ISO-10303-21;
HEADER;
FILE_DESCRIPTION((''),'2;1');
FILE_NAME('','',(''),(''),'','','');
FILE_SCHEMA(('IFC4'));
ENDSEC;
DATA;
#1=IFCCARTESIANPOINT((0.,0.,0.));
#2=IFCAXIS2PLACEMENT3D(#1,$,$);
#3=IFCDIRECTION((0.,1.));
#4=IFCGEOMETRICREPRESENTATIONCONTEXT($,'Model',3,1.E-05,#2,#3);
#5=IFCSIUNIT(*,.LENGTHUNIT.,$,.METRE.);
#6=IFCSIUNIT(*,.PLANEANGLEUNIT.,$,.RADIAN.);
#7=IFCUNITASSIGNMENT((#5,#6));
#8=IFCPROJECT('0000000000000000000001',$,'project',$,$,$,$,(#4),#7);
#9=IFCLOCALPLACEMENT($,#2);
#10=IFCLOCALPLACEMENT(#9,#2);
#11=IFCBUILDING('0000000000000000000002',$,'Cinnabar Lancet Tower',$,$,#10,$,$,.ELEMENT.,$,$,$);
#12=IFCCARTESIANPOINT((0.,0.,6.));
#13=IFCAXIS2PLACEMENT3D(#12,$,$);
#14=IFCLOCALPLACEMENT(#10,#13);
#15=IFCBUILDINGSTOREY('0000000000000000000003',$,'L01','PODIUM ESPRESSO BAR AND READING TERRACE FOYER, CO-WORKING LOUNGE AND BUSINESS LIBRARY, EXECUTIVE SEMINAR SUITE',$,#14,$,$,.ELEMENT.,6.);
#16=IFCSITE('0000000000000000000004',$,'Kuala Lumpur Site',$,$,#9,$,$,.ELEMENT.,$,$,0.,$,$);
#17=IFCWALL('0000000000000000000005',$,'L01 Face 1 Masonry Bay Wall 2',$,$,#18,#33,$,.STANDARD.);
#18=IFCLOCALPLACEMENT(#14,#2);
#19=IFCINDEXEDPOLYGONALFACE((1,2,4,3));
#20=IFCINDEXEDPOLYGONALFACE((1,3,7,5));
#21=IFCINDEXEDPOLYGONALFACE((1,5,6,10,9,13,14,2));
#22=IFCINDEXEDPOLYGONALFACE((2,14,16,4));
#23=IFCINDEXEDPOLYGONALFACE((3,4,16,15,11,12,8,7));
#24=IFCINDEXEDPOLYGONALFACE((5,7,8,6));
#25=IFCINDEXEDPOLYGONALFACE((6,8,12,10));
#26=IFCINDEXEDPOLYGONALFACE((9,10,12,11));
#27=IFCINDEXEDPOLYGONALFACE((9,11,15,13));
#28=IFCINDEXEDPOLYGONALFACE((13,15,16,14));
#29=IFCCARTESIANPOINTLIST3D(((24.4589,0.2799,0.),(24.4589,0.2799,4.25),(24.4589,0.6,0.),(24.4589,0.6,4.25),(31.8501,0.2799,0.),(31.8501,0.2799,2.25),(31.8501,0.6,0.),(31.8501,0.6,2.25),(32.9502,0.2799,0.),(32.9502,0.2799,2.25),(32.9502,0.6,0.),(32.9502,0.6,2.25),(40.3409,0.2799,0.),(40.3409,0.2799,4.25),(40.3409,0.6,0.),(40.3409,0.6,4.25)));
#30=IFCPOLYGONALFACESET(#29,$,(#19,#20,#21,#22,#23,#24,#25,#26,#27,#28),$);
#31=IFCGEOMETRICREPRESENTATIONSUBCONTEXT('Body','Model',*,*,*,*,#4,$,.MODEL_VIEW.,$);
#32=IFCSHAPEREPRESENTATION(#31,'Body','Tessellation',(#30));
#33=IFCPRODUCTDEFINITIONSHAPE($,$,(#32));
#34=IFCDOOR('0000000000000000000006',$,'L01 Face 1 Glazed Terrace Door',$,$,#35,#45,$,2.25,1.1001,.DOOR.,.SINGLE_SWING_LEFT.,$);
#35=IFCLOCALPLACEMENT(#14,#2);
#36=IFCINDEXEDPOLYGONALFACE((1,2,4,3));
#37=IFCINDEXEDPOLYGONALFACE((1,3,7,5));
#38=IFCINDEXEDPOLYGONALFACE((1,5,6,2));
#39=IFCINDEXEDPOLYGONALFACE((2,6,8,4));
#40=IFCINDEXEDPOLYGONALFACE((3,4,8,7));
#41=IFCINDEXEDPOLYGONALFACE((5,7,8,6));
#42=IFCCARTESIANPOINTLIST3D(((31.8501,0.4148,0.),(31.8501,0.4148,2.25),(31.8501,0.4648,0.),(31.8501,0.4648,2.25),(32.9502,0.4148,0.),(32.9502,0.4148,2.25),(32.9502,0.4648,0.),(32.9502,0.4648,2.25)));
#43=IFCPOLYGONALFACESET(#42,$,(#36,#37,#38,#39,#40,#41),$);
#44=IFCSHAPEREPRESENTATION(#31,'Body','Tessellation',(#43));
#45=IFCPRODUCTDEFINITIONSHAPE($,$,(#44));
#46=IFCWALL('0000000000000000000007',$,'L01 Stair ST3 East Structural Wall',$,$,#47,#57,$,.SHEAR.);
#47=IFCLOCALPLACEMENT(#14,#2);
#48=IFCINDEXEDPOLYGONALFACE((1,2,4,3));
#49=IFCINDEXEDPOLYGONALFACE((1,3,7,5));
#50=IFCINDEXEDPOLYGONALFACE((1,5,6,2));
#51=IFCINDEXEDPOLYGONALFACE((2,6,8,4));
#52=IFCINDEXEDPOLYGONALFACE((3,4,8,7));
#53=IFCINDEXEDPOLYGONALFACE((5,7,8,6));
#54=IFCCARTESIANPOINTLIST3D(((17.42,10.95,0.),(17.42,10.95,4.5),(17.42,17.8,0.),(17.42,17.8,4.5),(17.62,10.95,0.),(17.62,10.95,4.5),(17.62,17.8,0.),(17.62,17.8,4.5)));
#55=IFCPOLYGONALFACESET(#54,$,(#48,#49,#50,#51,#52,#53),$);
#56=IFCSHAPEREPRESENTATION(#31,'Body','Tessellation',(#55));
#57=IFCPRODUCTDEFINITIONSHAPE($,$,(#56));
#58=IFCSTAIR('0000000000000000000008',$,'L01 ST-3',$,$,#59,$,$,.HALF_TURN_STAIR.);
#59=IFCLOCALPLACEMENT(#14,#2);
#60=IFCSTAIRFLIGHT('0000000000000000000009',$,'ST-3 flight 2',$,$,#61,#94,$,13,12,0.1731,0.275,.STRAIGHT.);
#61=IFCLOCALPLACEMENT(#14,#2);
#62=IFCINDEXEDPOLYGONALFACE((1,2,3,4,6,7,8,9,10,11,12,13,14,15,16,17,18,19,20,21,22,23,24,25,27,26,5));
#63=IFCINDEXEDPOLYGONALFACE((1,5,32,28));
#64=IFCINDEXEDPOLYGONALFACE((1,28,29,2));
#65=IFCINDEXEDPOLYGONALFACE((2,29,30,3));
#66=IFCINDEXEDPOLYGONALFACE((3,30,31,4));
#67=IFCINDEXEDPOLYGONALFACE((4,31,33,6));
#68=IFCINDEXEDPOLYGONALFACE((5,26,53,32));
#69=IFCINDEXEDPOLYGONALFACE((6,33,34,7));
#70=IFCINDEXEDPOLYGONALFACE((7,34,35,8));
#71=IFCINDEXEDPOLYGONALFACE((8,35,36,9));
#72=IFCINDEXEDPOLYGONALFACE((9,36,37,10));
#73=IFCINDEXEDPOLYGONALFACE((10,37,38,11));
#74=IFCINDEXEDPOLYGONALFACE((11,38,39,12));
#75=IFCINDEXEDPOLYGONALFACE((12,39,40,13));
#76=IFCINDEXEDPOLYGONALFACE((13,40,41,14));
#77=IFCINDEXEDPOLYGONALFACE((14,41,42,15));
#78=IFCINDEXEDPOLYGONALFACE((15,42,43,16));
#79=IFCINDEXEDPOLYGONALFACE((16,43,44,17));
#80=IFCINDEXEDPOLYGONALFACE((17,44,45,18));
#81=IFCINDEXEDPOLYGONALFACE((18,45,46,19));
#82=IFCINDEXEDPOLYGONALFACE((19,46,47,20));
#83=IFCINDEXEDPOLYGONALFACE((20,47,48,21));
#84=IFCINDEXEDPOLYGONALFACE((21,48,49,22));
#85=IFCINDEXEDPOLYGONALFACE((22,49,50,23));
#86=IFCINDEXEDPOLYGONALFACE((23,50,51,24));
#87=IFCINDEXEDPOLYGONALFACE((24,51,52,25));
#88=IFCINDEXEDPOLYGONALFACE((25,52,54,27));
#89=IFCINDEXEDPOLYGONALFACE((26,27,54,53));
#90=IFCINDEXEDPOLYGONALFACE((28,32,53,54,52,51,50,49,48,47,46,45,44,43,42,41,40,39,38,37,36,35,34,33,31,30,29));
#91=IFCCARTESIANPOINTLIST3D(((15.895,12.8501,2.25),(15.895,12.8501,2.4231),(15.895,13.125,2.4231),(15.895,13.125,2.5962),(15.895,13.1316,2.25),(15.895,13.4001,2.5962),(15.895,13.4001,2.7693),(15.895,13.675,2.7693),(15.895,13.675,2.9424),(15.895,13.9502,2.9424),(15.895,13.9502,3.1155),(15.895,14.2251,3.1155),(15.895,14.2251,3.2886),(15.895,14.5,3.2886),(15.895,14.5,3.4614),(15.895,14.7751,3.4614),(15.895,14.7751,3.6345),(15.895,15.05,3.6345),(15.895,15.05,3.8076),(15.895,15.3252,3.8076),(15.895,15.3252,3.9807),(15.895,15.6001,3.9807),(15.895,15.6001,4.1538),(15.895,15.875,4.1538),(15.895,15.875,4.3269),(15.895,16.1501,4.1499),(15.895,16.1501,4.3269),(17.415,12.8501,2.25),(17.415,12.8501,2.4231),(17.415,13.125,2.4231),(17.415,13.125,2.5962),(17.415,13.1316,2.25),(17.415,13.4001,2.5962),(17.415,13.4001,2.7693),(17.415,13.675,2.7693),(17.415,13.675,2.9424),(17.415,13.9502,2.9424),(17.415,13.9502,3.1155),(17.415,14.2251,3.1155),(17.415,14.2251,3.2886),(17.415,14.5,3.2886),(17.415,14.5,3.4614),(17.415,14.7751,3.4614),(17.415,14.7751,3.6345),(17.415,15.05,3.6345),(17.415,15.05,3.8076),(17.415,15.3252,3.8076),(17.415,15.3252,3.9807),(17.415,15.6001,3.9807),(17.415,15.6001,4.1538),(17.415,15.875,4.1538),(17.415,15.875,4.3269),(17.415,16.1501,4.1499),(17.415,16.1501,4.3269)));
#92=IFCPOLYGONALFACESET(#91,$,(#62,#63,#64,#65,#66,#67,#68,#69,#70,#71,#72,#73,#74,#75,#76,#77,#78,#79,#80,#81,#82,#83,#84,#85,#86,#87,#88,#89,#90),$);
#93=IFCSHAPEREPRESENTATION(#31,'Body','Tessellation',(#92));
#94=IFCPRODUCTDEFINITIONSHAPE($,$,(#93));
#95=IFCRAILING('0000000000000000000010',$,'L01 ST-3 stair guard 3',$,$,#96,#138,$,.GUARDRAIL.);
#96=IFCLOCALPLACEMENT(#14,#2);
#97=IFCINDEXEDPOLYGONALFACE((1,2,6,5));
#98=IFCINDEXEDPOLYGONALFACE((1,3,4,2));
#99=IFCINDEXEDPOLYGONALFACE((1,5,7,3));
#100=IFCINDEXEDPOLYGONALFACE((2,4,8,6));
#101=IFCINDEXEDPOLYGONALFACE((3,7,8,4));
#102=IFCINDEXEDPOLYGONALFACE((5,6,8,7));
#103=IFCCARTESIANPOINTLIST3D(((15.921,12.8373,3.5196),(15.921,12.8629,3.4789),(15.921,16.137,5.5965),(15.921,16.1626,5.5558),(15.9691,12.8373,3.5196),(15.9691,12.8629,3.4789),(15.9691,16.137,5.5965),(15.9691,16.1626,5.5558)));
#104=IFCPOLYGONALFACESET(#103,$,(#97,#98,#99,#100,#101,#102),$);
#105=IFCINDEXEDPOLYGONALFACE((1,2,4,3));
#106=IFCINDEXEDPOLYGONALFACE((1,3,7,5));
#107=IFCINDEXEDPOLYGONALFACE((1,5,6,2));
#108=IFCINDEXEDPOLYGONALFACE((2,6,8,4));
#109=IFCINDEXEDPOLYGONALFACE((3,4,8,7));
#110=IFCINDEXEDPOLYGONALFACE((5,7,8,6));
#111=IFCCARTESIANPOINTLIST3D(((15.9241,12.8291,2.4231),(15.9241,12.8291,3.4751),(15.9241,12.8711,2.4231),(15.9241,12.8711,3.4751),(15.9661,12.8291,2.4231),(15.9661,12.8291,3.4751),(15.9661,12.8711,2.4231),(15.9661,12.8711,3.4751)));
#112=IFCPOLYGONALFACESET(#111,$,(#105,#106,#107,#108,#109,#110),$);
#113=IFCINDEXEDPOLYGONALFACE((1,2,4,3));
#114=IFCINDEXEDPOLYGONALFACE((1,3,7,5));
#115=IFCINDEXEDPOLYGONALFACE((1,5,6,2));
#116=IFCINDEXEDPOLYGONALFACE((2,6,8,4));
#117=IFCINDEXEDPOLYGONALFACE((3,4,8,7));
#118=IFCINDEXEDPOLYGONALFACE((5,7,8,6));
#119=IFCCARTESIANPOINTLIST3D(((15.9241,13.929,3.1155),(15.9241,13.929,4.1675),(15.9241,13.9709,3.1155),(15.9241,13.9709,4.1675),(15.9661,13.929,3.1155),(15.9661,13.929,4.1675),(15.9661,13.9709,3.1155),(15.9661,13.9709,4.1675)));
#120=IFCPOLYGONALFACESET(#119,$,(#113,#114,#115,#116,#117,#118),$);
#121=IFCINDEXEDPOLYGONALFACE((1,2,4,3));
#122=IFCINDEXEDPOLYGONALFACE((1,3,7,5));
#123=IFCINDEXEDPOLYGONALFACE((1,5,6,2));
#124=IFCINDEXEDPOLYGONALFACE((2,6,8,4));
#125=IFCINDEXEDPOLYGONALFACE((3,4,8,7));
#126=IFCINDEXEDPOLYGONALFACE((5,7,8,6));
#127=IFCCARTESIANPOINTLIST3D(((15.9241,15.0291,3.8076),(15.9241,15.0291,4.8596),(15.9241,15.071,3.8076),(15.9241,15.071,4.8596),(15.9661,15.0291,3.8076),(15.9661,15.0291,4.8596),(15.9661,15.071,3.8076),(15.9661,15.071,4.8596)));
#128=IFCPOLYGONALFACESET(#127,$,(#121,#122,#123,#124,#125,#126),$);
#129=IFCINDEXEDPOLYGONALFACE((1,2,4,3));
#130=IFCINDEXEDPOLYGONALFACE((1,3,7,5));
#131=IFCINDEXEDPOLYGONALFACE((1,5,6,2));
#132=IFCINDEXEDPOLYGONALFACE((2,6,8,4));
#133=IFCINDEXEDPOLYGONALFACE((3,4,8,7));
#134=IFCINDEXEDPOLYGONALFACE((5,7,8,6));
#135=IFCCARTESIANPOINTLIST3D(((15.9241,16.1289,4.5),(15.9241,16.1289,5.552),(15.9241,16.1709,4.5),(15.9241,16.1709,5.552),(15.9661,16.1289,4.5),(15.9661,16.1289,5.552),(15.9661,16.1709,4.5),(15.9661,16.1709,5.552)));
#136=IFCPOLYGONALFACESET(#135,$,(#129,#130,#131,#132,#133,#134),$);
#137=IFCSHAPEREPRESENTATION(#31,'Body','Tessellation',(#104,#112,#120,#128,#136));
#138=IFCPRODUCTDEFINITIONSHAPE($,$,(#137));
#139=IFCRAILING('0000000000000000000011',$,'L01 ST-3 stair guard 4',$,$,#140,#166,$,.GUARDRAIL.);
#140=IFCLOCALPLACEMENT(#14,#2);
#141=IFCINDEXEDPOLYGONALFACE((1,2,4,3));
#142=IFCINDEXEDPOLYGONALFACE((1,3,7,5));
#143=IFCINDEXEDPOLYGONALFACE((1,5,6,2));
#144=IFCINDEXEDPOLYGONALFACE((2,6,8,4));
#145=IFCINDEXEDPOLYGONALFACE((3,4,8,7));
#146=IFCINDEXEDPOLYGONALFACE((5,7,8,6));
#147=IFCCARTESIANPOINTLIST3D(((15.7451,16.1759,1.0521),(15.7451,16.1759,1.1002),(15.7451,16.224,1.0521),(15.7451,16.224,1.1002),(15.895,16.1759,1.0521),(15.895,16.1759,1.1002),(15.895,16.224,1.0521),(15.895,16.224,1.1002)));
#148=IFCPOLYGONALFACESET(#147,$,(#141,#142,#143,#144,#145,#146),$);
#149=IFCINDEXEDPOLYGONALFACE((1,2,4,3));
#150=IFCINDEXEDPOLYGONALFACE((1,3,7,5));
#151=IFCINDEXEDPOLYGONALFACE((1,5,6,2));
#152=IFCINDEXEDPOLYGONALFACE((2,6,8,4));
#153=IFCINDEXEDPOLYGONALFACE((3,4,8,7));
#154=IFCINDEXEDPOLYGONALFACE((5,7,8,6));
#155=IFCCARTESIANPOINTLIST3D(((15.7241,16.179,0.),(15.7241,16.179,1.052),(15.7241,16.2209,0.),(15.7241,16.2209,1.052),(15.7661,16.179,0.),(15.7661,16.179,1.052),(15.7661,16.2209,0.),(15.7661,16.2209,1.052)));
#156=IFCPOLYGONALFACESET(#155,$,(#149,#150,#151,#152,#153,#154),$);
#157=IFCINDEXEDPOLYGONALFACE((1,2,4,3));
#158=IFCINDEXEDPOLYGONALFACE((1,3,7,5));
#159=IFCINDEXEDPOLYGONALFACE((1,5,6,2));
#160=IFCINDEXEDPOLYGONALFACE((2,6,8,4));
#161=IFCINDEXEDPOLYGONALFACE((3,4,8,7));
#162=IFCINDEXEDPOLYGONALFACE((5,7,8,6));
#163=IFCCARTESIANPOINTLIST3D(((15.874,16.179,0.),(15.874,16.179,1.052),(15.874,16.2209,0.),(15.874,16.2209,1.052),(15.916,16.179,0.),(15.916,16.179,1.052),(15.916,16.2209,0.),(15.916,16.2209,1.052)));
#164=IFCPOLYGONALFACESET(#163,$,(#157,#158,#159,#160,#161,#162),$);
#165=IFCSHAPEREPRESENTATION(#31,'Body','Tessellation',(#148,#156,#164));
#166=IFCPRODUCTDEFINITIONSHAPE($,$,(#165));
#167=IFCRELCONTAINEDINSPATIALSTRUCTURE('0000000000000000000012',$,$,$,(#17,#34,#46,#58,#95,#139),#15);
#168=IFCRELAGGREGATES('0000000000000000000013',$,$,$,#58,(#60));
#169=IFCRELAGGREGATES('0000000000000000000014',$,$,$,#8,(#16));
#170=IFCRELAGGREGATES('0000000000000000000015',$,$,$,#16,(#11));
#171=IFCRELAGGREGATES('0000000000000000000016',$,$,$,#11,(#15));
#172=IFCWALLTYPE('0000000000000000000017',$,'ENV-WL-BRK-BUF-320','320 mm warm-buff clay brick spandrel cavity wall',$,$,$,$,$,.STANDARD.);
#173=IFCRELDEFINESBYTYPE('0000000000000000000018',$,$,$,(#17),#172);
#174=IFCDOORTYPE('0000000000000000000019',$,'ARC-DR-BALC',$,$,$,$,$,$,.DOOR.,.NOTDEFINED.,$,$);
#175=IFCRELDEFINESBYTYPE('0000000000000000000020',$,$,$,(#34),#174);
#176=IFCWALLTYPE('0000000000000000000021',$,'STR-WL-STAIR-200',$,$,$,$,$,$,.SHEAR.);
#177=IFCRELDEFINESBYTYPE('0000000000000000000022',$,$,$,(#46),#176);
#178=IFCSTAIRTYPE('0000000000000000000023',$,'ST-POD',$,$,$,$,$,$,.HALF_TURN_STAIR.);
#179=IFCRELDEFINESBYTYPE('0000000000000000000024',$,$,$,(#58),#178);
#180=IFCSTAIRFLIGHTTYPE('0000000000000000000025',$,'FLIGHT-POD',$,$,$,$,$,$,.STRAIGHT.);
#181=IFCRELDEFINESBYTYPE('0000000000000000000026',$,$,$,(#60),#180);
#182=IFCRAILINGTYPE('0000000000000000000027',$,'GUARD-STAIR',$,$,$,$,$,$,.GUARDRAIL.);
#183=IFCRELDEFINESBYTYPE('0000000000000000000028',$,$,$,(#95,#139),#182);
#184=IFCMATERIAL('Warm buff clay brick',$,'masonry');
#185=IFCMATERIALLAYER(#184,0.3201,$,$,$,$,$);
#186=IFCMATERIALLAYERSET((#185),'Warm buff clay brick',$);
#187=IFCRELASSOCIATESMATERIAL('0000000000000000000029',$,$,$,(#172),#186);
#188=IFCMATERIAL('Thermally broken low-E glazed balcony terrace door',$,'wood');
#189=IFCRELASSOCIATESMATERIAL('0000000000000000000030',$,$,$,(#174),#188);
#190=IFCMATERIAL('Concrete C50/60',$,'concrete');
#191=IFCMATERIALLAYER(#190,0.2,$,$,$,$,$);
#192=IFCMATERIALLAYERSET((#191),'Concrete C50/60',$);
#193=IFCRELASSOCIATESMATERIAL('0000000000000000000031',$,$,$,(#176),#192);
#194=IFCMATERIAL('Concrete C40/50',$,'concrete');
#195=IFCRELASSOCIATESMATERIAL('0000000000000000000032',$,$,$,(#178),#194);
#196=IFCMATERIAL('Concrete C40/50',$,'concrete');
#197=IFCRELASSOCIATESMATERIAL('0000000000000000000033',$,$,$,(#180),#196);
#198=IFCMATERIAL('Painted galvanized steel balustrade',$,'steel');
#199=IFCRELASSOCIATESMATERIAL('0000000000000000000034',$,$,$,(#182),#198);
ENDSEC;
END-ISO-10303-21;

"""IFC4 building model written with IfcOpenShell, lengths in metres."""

from ifc_helpers import new_model, si_unit, direction, frame, frame_2d, origin, origin_2d, place, context, subcontext, project, spatial, polyline, rectangle, outline, extrude, material, layer, layer_set, type_object, element, fill, aggregate, save


model = new_model("IFC4")

# Units and contexts
model_context = context("Model", 3, precision=1e-05, world=origin(), true_north=direction((0.0, 1.0)))
body_context = subcontext(model_context, "Body", "Model", "MODEL_VIEW")
ifc_project = project(units=[si_unit("LENGTHUNIT", "METRE"), si_unit("PLANEANGLEUNIT", "RADIAN")], contexts=[model_context])

# Site, building, storey
site_placement = place(None, origin())
site = spatial("IfcSite", under=ifc_project, at=site_placement, Name="Kuala Lumpur Site", CompositionType="ELEMENT", RefElevation=0.0)
building_placement = place(site_placement, origin())
building = spatial("IfcBuilding", under=site, at=building_placement, Name="Cinnabar Lancet Tower", CompositionType="ELEMENT")
storey_placement = place(building_placement, frame((0.0, 0.0, 6.0)))
storey = spatial("IfcBuildingStorey", under=building, at=storey_placement, Name="L01", Description="PODIUM ESPRESSO BAR AND READING TERRACE FOYER, CO-WORKING LOUNGE AND BUSINESS LIBRARY, EXECUTIVE SEMINAR SUITE", CompositionType="ELEMENT", Elevation=6.0)

# Shared definitions
ifc_material_1 = material(Name="Warm buff clay brick", Category="masonry")
ifc_layer_1 = layer(ifc_material_1, 0.3201)
ifc_layer_set_1 = layer_set([ifc_layer_1], Name="Warm buff clay brick")
wall_type_1 = type_object("IfcWallType", Name="ENV-WL-BRK-BUF-320", Description="320 mm warm-buff clay brick spandrel cavity wall", PredefinedType="STANDARD", material=ifc_layer_set_1)

# Wall, opening, door
wall_1_placement = place(storey_placement, frame((24.459, 0.4399, 0.0), z_axis=(0.0, 0.0, 1.0), x_axis=(1.0, 0.0, 0.0)))
wall_1 = element("IfcWall", 1, at=wall_1_placement, inside=storey, type_object=wall_type_1, Name="L01 Face 1 Masonry Bay Wall 2", PredefinedType="STANDARD", context=body_context, shape_type="SweptSolid", body=[
    extrude(rectangle(XDim=15.8821, YDim=0.3201, at=frame_2d((7.9409, 0.0))), origin(), (0.0, 0.0, 1.0), 4.25),
])
opening_1_placement = place(wall_1_placement, frame((7.3911, 0.0, 0.0)))
opening_1 = element("IfcOpeningElement", 2, at=opening_1_placement, cuts=wall_1, PredefinedType="OPENING", context=body_context, shape_type="SweptSolid", body=[
    extrude(rectangle(XDim=1.1001, YDim=2.25, at=frame_2d((0.55, 1.125))), frame((0.0, 0.1699, 0.0), z_axis=(0.0, -1.0, 0.0), x_axis=(1.0, 0.0, 0.0)), (0.0, 0.0, 1.0), 0.3401),
])
ifc_material_2 = material(Name="Thermally broken low-E glazed balcony terrace door", Category="wood")
door_type_1 = type_object("IfcDoorType", Name="ARC-DR-BALC", OperationType="NOTDEFINED", PredefinedType="DOOR", material=ifc_material_2)
door_1_placement = place(opening_1_placement, origin())
door_1 = element("IfcDoor", 3, at=door_1_placement, inside=storey, type_object=door_type_1, Name="L01 Face 1 Glazed Terrace Door", OperationType="SINGLE_SWING_LEFT", OverallHeight=2.25, OverallWidth=1.1001, PredefinedType="DOOR", context=body_context, shape_type="SweptSolid", body=[
    extrude(rectangle(XDim=1.1001, YDim=2.25, at=frame_2d((0.55, 1.125))), frame((0.0, 0.0249, 0.0), z_axis=(0.0, -1.0, 0.0), x_axis=(1.0, 0.0, 0.0)), (0.0, 0.0, 1.0), 0.05),
])
fill(opening_1, door_1)

# Wall
ifc_material_3 = material(Name="Concrete C50/60", Category="concrete")
ifc_layer_2 = layer(ifc_material_3, 0.2)
ifc_layer_set_2 = layer_set([ifc_layer_2], Name="Concrete C50/60")
wall_type_2 = type_object("IfcWallType", Name="STR-WL-STAIR-200", PredefinedType="SHEAR", material=ifc_layer_set_2)
wall_2_placement = place(storey_placement, frame((17.52, 10.95, 0.0), z_axis=(0.0, 0.0, 1.0), x_axis=(0.0, 1.0, 0.0)))
element("IfcWall", 4, at=wall_2_placement, inside=storey, type_object=wall_type_2, Name="L01 Stair ST3 East Structural Wall", PredefinedType="SHEAR", context=body_context, shape_type="SweptSolid", body=[
    extrude(rectangle(XDim=6.8501, YDim=0.2, at=frame_2d((3.425, 0.0))), origin(), (0.0, 0.0, 1.0), 4.5),
])

# Stair, stair flight
ifc_material_4 = material(Name="Concrete C40/50", Category="concrete")
stair_type = type_object("IfcStairType", Name="ST-POD", PredefinedType="HALF_TURN_STAIR", material=ifc_material_4)
stair_placement = place(storey_placement, origin())
stair = element("IfcStair", 5, at=stair_placement, inside=storey, type_object=stair_type, Name="L01 ST-3", PredefinedType="HALF_TURN_STAIR")
ifc_material_5 = material(Name="Concrete C40/50", Category="concrete")
stair_flight_type = type_object("IfcStairFlightType", Name="FLIGHT-POD", PredefinedType="STRAIGHT", material=ifc_material_5)
stair_flight_placement = place(storey_placement, frame((16.655, 12.8501, 2.25), z_axis=(0.0, 0.0, 1.0), x_axis=(0.0, 1.0, 0.0)))
stair_flight = element("IfcStairFlight", 6, at=stair_flight_placement, type_object=stair_flight_type, Name="ST-3 flight 2", NumberOfRisers=13, NumberOfTreads=12, PredefinedType="STRAIGHT", RiserHeight=0.1731, TreadLength=0.275, context=body_context, shape_type="SweptSolid", body=[
    extrude(outline(polyline([(0.0, 0.0), (0.0, 0.1731), (0.2749, 0.1731), (0.2749, 0.3462), (0.55, 0.3462), (0.55, 0.5193), (0.825, 0.5193), (0.825, 0.6924), (1.1001, 0.6924), (1.1001, 0.8655), (1.375, 0.8655), (1.375, 1.0386), (1.6499, 1.0386), (1.6499, 1.2114), (1.925, 1.2114), (1.925, 1.3845), (2.2, 1.3845), (2.2, 1.5576), (2.4751, 1.5576), (2.4751, 1.7307), (2.75, 1.7307), (2.75, 1.9038), (3.0249, 1.9038), (3.0249, 2.0769), (3.3, 2.0769), (3.3, 2.25), (3.3, 1.8999), (0.2815, 0.0), (0.0, 0.0)])), frame((0.0, 0.76, 0.0), z_axis=(0.0, -1.0, 0.0), x_axis=(1.0, 0.0, 0.0)), (0.0, 0.0, 1.0), 1.52),
])
aggregate(stair, [stair_flight])

# Railings
ifc_material_6 = material(Name="Painted galvanized steel balustrade", Category="steel")
railing_type_1 = type_object("IfcRailingType", Name="GUARD-STAIR", PredefinedType="GUARDRAIL", material=ifc_material_6)
railing_1_placement = place(storey_placement, frame((15.9451, 12.8501, 2.4231)))
element("IfcRailing", 7, at=railing_1_placement, inside=storey, type_object=railing_type_1, Name="L01 ST-3 stair guard 3", PredefinedType="GUARDRAIL", context=body_context, shape_type="SweptSolid", body=[
    extrude(rectangle(XDim=0.0481, YDim=0.0481, at=origin_2d()), frame((0.0, 0.0, 1.0762), z_axis=(0.0, 0.84632, 0.532675), x_axis=(-1.0, 0.0, 0.0)), (0.0, 0.0, 1.0), 3.8989),
    extrude(rectangle(XDim=0.042, YDim=0.042, at=origin_2d()), origin(), (0.0, 0.0, 1.0), 1.052),
    extrude(rectangle(XDim=0.042, YDim=0.042, at=origin_2d()), frame((0.0, 1.0999, 0.6924)), (0.0, 0.0, 1.0), 1.052),
    extrude(rectangle(XDim=0.042, YDim=0.042, at=origin_2d()), frame((0.0, 2.2, 1.3845)), (0.0, 0.0, 1.0), 1.052),
    extrude(rectangle(XDim=0.042, YDim=0.042, at=origin_2d()), frame((0.0, 3.2998, 2.0769)), (0.0, 0.0, 1.0), 1.052),
])
railing_2_placement = place(storey_placement, frame((15.7451, 16.2, 0.0)))
element("IfcRailing", 8, at=railing_2_placement, inside=storey, type_object=railing_type_1, Name="L01 ST-3 stair guard 4", PredefinedType="GUARDRAIL", context=body_context, shape_type="SweptSolid", body=[
    extrude(rectangle(XDim=0.0481, YDim=0.0481, at=origin_2d()), frame((0.0, 0.0, 1.0762), z_axis=(1.0, 0.0, 0.0), x_axis=(0.0, 1.0, 0.0)), (0.0, 0.0, 1.0), 0.1499),
    extrude(rectangle(XDim=0.042, YDim=0.042, at=origin_2d()), origin(), (0.0, 0.0, 1.0), 1.052),
    extrude(rectangle(XDim=0.042, YDim=0.042, at=origin_2d()), frame((0.1499, 0.0, 0.0)), (0.0, 0.0, 1.0), 1.052),
])

save(model, "model.ifc")
